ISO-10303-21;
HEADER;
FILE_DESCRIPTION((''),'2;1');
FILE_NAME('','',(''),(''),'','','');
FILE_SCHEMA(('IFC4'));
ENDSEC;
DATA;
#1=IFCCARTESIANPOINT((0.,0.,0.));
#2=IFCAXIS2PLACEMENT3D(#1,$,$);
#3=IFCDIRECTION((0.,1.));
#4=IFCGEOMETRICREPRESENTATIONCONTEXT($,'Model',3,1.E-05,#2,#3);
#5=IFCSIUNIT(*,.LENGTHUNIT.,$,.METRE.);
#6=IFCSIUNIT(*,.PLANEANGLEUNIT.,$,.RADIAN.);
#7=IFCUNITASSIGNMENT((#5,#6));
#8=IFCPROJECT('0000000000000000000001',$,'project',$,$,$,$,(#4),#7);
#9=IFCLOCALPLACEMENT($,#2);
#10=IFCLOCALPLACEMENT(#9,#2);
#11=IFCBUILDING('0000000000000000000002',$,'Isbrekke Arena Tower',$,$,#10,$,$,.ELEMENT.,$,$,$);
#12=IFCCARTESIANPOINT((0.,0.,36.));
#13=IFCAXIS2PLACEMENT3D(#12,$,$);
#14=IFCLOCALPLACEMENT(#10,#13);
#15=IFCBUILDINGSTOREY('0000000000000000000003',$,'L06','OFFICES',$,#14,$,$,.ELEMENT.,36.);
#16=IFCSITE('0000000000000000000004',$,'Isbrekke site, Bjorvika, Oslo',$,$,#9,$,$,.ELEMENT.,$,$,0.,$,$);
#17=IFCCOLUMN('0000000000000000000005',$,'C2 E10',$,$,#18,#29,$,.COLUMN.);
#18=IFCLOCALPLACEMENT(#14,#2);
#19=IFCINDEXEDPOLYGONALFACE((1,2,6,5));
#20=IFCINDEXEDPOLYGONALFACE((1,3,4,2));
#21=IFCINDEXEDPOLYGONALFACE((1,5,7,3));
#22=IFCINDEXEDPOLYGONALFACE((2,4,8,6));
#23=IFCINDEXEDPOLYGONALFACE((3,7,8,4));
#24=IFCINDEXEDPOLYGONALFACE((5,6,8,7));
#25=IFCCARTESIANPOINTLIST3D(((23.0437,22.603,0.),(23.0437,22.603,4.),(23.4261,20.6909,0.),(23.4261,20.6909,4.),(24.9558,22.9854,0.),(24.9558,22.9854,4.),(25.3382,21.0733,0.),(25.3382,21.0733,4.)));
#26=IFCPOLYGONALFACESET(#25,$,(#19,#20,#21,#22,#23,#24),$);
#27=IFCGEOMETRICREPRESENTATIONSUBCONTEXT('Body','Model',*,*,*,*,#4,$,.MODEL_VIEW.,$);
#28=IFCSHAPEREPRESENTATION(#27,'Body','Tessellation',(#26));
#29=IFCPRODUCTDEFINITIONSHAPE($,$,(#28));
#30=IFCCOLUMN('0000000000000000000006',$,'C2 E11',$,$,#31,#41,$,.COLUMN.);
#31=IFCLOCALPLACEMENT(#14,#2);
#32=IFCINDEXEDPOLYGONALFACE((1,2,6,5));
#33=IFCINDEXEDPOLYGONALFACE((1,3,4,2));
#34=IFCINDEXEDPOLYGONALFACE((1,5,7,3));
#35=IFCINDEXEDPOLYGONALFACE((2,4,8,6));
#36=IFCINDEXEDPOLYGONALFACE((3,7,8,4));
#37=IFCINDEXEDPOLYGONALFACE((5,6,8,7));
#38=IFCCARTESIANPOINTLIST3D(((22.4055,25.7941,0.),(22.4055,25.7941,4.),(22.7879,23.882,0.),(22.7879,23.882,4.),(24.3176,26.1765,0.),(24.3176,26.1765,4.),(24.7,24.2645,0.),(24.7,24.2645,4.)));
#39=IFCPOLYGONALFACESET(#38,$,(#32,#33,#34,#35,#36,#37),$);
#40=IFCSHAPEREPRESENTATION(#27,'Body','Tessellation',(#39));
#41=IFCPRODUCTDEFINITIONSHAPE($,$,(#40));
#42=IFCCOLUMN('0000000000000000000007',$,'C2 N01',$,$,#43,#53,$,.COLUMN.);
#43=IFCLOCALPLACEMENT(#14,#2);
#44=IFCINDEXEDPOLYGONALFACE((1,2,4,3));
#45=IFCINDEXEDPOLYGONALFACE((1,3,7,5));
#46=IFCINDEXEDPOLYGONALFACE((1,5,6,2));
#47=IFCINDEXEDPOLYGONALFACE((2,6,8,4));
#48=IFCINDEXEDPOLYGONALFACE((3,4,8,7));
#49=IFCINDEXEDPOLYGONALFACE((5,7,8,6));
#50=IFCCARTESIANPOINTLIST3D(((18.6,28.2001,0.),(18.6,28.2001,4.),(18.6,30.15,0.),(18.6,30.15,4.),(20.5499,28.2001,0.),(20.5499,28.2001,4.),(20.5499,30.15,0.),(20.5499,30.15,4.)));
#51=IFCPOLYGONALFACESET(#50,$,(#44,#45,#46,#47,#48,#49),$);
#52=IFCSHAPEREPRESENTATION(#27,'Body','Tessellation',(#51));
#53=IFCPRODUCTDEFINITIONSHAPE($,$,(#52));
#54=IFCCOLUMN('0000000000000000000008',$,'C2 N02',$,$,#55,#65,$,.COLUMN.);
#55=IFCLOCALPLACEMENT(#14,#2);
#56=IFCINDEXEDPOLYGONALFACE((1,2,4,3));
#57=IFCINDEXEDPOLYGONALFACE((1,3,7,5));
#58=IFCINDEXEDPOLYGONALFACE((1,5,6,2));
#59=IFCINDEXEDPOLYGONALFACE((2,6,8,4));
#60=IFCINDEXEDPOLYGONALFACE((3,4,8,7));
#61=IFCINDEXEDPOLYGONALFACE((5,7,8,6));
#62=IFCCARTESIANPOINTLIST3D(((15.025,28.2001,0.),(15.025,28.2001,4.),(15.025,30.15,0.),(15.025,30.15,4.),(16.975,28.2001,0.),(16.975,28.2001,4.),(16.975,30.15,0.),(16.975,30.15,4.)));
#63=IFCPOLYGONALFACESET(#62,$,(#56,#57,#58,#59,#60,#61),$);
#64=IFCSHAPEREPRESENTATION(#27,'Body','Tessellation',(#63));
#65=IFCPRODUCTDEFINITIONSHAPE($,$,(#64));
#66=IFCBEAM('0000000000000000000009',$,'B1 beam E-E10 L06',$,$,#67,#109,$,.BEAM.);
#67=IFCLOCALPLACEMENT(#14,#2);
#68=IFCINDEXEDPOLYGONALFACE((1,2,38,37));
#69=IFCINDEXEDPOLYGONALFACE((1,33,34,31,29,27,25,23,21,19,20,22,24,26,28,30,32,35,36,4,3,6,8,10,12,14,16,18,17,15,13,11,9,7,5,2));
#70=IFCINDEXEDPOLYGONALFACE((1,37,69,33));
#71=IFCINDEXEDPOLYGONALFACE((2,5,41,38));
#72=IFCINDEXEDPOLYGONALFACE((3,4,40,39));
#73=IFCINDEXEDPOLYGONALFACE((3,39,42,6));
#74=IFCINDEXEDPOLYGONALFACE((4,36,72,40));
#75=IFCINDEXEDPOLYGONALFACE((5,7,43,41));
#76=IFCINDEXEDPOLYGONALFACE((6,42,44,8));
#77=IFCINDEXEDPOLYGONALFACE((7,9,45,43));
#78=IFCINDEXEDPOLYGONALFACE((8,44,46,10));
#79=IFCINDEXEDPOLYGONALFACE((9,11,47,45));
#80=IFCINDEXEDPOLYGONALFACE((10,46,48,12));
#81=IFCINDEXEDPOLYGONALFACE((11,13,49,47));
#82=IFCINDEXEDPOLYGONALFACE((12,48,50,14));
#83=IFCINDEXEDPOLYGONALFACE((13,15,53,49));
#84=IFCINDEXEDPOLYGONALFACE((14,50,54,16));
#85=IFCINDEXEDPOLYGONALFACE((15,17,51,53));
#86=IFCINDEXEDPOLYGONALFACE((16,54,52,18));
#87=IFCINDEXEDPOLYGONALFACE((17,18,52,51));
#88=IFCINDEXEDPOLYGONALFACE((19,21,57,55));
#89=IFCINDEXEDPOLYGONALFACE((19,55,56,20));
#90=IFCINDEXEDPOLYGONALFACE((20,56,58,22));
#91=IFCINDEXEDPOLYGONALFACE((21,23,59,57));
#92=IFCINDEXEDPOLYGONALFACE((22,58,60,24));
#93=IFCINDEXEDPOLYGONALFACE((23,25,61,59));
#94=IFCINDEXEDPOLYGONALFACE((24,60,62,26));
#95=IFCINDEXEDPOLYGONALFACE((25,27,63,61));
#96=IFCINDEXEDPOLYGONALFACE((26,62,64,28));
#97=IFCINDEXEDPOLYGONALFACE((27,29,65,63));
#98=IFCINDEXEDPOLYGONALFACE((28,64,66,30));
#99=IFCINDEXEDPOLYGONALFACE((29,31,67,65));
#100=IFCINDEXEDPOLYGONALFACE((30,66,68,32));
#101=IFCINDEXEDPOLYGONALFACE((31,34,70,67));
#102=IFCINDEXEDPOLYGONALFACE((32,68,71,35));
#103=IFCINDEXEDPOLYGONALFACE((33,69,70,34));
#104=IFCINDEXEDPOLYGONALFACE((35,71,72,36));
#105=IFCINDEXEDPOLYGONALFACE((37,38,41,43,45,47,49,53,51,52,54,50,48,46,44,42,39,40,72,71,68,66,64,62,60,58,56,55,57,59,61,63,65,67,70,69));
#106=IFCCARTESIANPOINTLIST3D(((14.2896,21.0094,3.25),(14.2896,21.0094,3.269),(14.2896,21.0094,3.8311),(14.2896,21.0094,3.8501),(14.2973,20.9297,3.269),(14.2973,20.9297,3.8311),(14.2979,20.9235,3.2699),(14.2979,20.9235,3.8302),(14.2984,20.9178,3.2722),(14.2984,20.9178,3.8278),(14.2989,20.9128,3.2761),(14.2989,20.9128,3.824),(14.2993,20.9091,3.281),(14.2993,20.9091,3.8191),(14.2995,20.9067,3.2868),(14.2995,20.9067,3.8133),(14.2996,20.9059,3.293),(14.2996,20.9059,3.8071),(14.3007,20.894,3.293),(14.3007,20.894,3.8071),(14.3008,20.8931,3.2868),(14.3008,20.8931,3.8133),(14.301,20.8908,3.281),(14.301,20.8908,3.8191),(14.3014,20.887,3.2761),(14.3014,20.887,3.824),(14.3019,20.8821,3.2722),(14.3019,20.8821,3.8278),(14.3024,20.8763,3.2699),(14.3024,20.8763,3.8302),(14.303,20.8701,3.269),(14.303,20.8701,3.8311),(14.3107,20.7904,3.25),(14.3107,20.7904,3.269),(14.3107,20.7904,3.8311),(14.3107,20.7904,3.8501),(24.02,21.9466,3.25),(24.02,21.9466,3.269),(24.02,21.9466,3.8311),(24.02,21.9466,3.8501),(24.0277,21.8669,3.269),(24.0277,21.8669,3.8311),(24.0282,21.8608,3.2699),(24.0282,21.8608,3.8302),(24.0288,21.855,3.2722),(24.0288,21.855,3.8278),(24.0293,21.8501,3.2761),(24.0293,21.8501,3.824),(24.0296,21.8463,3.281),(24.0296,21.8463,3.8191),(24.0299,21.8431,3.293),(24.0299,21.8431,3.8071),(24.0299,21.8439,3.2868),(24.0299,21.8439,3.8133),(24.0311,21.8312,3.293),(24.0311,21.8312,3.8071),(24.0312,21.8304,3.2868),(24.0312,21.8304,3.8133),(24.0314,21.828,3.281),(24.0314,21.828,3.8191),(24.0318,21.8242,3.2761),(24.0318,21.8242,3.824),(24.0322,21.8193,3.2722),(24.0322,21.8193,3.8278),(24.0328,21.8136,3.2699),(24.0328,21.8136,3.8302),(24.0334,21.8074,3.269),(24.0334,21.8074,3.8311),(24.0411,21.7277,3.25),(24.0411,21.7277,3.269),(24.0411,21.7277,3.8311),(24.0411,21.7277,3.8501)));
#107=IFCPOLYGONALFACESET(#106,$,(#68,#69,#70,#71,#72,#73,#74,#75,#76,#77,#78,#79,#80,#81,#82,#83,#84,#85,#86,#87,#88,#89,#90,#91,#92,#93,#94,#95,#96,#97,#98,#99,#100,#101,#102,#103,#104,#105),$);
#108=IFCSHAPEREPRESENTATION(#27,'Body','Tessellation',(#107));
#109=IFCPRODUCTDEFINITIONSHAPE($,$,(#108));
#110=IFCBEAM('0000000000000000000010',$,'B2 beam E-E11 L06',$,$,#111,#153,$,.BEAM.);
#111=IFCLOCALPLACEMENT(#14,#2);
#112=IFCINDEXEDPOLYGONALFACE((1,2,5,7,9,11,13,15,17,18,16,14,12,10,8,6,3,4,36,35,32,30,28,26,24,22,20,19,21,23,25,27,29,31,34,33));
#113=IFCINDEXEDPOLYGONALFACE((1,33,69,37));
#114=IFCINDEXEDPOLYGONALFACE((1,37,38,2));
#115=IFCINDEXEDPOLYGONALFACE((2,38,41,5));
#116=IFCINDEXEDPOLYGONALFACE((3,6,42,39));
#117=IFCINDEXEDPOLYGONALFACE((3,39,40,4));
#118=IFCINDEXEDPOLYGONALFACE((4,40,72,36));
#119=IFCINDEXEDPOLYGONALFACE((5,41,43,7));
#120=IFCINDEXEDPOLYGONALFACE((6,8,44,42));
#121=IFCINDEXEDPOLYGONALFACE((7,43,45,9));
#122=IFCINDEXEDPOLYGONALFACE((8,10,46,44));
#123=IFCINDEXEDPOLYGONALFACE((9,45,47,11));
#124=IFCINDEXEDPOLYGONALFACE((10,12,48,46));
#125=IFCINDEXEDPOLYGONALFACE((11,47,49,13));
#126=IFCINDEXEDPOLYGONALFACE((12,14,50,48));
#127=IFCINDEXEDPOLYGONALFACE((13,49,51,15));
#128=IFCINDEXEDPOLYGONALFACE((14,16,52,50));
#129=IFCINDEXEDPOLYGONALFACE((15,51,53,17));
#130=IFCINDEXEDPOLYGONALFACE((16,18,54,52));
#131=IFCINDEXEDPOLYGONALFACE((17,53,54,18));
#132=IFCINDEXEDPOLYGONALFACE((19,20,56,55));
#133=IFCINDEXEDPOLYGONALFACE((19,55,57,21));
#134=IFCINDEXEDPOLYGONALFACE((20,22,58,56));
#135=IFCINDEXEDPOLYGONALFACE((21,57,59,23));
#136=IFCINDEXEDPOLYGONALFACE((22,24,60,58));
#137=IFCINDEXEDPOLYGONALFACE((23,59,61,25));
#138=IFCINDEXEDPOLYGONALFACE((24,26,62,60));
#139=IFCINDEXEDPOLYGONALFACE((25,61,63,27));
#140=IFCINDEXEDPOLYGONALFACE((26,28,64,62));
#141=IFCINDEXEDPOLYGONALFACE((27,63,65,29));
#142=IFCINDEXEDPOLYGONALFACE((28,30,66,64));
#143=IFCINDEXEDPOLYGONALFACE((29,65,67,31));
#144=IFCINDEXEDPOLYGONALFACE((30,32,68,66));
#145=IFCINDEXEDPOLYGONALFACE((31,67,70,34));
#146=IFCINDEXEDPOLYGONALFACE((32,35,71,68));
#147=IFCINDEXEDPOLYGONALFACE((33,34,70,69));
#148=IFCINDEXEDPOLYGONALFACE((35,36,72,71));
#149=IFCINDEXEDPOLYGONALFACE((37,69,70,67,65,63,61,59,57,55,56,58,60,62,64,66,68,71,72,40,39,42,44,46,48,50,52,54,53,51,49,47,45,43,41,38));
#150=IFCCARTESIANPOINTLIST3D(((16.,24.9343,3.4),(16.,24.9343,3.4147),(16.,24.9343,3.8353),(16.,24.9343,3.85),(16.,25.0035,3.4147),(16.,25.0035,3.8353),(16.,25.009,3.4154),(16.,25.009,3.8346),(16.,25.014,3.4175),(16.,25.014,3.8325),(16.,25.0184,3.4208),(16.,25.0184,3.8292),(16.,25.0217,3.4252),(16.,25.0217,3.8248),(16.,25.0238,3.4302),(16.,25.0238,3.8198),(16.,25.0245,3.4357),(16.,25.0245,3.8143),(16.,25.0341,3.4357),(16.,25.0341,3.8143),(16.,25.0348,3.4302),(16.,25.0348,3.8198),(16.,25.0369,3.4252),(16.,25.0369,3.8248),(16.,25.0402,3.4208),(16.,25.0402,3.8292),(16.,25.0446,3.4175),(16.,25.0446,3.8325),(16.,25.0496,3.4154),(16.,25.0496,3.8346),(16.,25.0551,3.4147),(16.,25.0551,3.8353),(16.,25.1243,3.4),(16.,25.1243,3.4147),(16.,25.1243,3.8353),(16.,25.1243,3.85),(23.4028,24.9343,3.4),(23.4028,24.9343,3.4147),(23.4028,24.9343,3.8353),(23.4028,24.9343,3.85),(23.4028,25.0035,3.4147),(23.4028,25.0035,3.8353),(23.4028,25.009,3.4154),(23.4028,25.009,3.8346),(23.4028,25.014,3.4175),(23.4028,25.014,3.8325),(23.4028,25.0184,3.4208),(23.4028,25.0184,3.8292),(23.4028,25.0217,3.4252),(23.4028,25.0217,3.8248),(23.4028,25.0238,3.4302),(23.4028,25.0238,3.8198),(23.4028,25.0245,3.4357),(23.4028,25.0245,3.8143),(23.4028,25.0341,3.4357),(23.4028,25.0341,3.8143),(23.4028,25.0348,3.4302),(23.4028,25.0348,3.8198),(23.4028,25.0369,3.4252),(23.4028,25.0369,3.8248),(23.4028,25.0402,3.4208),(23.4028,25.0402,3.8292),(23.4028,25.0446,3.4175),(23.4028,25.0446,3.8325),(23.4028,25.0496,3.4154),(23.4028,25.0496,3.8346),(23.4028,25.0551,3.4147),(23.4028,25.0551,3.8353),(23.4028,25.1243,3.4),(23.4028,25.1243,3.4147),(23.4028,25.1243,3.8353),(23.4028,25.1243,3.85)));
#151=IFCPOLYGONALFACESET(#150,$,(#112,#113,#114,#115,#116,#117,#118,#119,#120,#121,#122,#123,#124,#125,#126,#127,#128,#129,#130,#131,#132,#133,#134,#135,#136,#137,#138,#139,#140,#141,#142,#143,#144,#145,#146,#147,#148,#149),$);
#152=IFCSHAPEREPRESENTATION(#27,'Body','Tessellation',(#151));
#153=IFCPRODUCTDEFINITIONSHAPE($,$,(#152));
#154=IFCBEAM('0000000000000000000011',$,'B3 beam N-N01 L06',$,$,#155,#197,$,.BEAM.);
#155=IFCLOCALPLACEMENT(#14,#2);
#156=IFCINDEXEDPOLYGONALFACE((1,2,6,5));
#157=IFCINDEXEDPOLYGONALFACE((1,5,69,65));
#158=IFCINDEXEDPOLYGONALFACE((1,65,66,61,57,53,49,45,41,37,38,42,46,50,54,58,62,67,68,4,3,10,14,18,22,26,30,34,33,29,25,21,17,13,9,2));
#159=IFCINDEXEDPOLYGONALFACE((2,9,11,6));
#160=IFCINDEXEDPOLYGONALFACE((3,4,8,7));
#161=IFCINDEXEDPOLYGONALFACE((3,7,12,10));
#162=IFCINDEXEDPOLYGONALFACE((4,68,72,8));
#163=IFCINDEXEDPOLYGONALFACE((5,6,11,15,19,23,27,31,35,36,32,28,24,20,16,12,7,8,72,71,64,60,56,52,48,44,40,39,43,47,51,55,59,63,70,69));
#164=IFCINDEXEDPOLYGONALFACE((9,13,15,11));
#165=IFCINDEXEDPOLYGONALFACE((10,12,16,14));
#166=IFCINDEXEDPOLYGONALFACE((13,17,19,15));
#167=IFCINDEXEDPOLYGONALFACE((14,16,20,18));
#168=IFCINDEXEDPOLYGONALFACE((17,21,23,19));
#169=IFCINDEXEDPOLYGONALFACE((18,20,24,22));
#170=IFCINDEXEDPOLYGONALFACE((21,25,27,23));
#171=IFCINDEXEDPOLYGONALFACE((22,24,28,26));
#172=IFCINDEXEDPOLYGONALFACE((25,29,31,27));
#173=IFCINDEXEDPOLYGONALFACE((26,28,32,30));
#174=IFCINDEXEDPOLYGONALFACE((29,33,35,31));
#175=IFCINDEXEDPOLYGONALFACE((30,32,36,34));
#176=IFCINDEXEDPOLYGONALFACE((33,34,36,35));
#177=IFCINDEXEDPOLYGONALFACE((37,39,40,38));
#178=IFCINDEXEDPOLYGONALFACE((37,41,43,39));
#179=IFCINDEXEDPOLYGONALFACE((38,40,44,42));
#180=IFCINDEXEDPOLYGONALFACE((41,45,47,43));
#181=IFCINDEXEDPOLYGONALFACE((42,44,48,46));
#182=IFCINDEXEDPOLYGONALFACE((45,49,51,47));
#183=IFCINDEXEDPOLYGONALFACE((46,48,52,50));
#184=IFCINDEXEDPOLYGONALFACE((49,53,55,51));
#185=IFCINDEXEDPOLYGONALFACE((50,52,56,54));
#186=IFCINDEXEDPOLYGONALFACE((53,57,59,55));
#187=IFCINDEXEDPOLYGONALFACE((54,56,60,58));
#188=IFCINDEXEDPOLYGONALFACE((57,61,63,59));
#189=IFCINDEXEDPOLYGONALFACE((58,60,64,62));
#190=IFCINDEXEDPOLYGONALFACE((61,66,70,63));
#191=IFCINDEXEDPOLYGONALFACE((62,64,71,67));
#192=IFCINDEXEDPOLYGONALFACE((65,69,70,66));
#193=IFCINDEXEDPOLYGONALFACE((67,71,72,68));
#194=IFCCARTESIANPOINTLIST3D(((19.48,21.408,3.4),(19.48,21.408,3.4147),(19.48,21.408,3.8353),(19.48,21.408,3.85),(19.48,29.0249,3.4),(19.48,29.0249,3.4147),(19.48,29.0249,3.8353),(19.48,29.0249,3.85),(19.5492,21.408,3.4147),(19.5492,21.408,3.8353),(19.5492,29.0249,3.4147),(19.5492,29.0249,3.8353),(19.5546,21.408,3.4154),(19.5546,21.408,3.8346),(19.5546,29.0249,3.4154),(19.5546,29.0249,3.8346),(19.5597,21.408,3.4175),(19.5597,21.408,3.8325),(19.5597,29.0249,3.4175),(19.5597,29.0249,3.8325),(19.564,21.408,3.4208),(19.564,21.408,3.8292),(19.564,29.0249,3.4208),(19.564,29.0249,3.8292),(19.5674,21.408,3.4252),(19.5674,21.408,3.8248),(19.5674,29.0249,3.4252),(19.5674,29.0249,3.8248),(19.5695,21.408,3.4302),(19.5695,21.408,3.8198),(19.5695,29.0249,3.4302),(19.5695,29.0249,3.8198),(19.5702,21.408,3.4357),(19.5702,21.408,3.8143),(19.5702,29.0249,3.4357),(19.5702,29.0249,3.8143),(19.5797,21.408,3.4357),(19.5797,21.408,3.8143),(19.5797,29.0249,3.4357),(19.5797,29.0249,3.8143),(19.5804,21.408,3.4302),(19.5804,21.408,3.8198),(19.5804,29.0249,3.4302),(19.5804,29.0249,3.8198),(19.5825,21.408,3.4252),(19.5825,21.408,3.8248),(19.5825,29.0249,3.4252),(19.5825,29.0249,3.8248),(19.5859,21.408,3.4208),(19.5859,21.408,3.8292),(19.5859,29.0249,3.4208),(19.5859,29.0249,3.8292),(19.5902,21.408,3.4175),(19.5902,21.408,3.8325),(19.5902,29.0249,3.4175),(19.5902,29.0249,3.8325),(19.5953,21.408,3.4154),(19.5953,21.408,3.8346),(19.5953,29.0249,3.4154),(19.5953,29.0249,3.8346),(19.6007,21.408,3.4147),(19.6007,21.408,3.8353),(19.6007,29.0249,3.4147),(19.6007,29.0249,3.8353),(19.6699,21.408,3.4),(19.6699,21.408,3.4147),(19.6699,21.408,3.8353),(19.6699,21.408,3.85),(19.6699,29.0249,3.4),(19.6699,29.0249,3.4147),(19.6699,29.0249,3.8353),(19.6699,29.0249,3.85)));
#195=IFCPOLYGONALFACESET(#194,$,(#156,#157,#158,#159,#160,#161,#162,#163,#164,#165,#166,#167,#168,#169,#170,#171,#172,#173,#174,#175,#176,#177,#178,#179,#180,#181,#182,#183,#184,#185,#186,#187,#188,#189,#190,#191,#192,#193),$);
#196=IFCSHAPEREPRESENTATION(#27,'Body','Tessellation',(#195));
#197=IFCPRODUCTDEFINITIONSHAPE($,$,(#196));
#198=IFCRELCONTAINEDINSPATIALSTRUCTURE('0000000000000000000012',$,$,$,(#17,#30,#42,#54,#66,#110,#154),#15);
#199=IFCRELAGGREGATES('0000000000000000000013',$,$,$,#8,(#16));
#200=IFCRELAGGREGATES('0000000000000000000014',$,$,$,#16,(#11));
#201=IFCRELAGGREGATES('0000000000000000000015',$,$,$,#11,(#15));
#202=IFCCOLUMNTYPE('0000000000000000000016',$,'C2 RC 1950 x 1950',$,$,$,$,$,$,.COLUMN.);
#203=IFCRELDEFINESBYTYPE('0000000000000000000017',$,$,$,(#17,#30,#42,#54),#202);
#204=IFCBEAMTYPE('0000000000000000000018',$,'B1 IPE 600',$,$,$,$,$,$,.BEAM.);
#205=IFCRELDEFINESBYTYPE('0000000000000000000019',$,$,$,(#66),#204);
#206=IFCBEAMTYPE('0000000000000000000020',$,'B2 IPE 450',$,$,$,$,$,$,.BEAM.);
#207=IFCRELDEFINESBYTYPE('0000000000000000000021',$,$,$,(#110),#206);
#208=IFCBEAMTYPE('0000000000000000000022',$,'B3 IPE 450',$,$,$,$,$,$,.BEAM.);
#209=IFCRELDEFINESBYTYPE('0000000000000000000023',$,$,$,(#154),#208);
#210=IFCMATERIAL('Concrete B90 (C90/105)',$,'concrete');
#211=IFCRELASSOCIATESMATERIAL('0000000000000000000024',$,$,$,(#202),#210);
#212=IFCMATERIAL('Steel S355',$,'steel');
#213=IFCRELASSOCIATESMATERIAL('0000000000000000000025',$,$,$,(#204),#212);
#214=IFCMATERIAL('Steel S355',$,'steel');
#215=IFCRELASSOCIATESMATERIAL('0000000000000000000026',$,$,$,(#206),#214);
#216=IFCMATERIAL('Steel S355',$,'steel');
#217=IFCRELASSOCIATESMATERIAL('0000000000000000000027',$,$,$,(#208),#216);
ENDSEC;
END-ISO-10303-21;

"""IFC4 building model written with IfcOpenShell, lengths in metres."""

from ifc_helpers import new_model, si_unit, direction, frame, origin, origin_2d, place, context, subcontext, project, spatial, rectangle, i_section, extrude, material, material_profile, profile_set, type_object, element, save


model = new_model("IFC4")

# Units and contexts
model_context = context("Model", 3, precision=1e-05, world=origin(), true_north=direction((0.0, 1.0)))
body_context = subcontext(model_context, "Body", "Model", "MODEL_VIEW")
ifc_project = project(units=[si_unit("LENGTHUNIT", "METRE"), si_unit("PLANEANGLEUNIT", "RADIAN")], contexts=[model_context])

# Site, building, storey
site_placement = place(None, origin())
site = spatial("IfcSite", under=ifc_project, at=site_placement, Name="Isbrekke site, Bjorvika, Oslo", CompositionType="ELEMENT", RefElevation=0.0)
building_placement = place(site_placement, origin())
building = spatial("IfcBuilding", under=site, at=building_placement, Name="Isbrekke Arena Tower", CompositionType="ELEMENT")
storey_placement = place(building_placement, frame((0.0, 0.0, 36.0)))
storey = spatial("IfcBuildingStorey", under=building, at=storey_placement, Name="L06", Description="OFFICES", CompositionType="ELEMENT", Elevation=36.0)

# Columns
ifc_material_1 = material(Name="Concrete B90 (C90/105)", Category="concrete")
ifc_material_profile_1 = material_profile(ifc_material_1, rectangle(XDim=1.95, YDim=1.95, at=origin_2d()), Name="RC 1950x1950")
ifc_profile_set_1 = profile_set([ifc_material_profile_1], Name="Concrete B90 (C90/105)")
column_type = type_object("IfcColumnType", Name="C2 RC 1950 x 1950", PredefinedType="COLUMN", material=ifc_profile_set_1)
for number, where, z_axis, x_axis, name in (
    (1, (24.1909, 21.8381, 0.0), (0.0, 0.0, 1.0), (-0.196116, 0.980581, 0.0), "C2 E10"),
    (2, (23.5527, 25.0293, 0.0), (0.0, 0.0, 1.0), (-0.196116, 0.980581, 0.0), "C2 E11"),
    (3, (19.575, 29.175, 0.0), (0.0, 0.0, 1.0), (-1.0, 0.0, 0.0), "C2 N01"),
    (4, (16.0, 29.175, 0.0), (0.0, 0.0, 1.0), (-1.0, 0.0, 0.0), "C2 N02"),
):
    element("IfcColumn", number, at=place(storey_placement, frame(where, z_axis=z_axis, x_axis=x_axis)), inside=storey, type_object=column_type, Name=name, PredefinedType="COLUMN", context=body_context, shape_type="SweptSolid", body=[
        extrude(rectangle(XDim=1.95, YDim=1.95, at=origin_2d()), origin(), (0.0, 0.0, 1.0), 4.0),
    ])

# Beams
ifc_material_2 = material(Name="Steel S355", Category="steel")
ifc_material_profile_2 = material_profile(ifc_material_2, i_section(OverallWidth=0.22, OverallDepth=0.6001, WebThickness=0.012, FlangeThickness=0.019, FilletRadius=0.0239, at=origin_2d()), Name="IPE 600")
ifc_profile_set_2 = profile_set([ifc_material_profile_2], Name="Steel S355")
beam_type_1 = type_object("IfcBeamType", Name="B1 IPE 600", PredefinedType="BEAM", material=ifc_profile_set_2)
beam_1_placement = place(storey_placement, frame((24.0305, 21.8372, 3.55), z_axis=(-0.995393, -0.095878, 0.0), x_axis=(0.095878, -0.995393, 0.0)))
element("IfcBeam", 5, at=beam_1_placement, inside=storey, type_object=beam_type_1, Name="B1 beam E-E10 L06", PredefinedType="BEAM", context=body_context, shape_type="SweptSolid", body=[
    extrude(i_section(OverallWidth=0.22, OverallDepth=0.6001, WebThickness=0.012, FlangeThickness=0.019, FilletRadius=0.0239, at=origin_2d()), origin(), (0.0, 0.0, 1.0), 9.7754),
])
ifc_material_3 = material(Name="Steel S355", Category="steel")
ifc_material_profile_3 = material_profile(ifc_material_3, i_section(OverallWidth=0.1899, OverallDepth=0.45, WebThickness=0.0095, FlangeThickness=0.0146, FilletRadius=0.021, at=origin_2d()), Name="IPE 450")
ifc_profile_set_3 = profile_set([ifc_material_profile_3], Name="Steel S355")
beam_type_2 = type_object("IfcBeamType", Name="B2 IPE 450", PredefinedType="BEAM", material=ifc_profile_set_3)
beam_2_placement = place(storey_placement, frame((23.4028, 25.0293, 3.625), z_axis=(-1.0, 0.0, 0.0), x_axis=(0.0, -1.0, 0.0)))
element("IfcBeam", 6, at=beam_2_placement, inside=storey, type_object=beam_type_2, Name="B2 beam E-E11 L06", PredefinedType="BEAM", context=body_context, shape_type="SweptSolid", body=[
    extrude(i_section(OverallWidth=0.1899, OverallDepth=0.45, WebThickness=0.0095, FlangeThickness=0.0146, FilletRadius=0.021, at=origin_2d()), origin(), (0.0, 0.0, 1.0), 7.4028),
])
ifc_material_4 = material(Name="Steel S355", Category="steel")
ifc_material_profile_4 = material_profile(ifc_material_4, i_section(OverallWidth=0.1899, OverallDepth=0.45, WebThickness=0.0095, FlangeThickness=0.0146, FilletRadius=0.021, at=origin_2d()), Name="IPE 450")
ifc_profile_set_4 = profile_set([ifc_material_profile_4], Name="Steel S355")
beam_type_3 = type_object("IfcBeamType", Name="B3 IPE 450", PredefinedType="BEAM", material=ifc_profile_set_4)
beam_3_placement = place(storey_placement, frame((19.575, 29.0249, 3.625), z_axis=(0.0, -1.0, 0.0), x_axis=(1.0, 0.0, 0.0)))
element("IfcBeam", 7, at=beam_3_placement, inside=storey, type_object=beam_type_3, Name="B3 beam N-N01 L06", PredefinedType="BEAM", context=body_context, shape_type="SweptSolid", body=[
    extrude(i_section(OverallWidth=0.1899, OverallDepth=0.45, WebThickness=0.0095, FlangeThickness=0.0146, FilletRadius=0.021, at=origin_2d()), origin(), (0.0, 0.0, 1.0), 7.6169),
])

save(model, "model.ifc")
